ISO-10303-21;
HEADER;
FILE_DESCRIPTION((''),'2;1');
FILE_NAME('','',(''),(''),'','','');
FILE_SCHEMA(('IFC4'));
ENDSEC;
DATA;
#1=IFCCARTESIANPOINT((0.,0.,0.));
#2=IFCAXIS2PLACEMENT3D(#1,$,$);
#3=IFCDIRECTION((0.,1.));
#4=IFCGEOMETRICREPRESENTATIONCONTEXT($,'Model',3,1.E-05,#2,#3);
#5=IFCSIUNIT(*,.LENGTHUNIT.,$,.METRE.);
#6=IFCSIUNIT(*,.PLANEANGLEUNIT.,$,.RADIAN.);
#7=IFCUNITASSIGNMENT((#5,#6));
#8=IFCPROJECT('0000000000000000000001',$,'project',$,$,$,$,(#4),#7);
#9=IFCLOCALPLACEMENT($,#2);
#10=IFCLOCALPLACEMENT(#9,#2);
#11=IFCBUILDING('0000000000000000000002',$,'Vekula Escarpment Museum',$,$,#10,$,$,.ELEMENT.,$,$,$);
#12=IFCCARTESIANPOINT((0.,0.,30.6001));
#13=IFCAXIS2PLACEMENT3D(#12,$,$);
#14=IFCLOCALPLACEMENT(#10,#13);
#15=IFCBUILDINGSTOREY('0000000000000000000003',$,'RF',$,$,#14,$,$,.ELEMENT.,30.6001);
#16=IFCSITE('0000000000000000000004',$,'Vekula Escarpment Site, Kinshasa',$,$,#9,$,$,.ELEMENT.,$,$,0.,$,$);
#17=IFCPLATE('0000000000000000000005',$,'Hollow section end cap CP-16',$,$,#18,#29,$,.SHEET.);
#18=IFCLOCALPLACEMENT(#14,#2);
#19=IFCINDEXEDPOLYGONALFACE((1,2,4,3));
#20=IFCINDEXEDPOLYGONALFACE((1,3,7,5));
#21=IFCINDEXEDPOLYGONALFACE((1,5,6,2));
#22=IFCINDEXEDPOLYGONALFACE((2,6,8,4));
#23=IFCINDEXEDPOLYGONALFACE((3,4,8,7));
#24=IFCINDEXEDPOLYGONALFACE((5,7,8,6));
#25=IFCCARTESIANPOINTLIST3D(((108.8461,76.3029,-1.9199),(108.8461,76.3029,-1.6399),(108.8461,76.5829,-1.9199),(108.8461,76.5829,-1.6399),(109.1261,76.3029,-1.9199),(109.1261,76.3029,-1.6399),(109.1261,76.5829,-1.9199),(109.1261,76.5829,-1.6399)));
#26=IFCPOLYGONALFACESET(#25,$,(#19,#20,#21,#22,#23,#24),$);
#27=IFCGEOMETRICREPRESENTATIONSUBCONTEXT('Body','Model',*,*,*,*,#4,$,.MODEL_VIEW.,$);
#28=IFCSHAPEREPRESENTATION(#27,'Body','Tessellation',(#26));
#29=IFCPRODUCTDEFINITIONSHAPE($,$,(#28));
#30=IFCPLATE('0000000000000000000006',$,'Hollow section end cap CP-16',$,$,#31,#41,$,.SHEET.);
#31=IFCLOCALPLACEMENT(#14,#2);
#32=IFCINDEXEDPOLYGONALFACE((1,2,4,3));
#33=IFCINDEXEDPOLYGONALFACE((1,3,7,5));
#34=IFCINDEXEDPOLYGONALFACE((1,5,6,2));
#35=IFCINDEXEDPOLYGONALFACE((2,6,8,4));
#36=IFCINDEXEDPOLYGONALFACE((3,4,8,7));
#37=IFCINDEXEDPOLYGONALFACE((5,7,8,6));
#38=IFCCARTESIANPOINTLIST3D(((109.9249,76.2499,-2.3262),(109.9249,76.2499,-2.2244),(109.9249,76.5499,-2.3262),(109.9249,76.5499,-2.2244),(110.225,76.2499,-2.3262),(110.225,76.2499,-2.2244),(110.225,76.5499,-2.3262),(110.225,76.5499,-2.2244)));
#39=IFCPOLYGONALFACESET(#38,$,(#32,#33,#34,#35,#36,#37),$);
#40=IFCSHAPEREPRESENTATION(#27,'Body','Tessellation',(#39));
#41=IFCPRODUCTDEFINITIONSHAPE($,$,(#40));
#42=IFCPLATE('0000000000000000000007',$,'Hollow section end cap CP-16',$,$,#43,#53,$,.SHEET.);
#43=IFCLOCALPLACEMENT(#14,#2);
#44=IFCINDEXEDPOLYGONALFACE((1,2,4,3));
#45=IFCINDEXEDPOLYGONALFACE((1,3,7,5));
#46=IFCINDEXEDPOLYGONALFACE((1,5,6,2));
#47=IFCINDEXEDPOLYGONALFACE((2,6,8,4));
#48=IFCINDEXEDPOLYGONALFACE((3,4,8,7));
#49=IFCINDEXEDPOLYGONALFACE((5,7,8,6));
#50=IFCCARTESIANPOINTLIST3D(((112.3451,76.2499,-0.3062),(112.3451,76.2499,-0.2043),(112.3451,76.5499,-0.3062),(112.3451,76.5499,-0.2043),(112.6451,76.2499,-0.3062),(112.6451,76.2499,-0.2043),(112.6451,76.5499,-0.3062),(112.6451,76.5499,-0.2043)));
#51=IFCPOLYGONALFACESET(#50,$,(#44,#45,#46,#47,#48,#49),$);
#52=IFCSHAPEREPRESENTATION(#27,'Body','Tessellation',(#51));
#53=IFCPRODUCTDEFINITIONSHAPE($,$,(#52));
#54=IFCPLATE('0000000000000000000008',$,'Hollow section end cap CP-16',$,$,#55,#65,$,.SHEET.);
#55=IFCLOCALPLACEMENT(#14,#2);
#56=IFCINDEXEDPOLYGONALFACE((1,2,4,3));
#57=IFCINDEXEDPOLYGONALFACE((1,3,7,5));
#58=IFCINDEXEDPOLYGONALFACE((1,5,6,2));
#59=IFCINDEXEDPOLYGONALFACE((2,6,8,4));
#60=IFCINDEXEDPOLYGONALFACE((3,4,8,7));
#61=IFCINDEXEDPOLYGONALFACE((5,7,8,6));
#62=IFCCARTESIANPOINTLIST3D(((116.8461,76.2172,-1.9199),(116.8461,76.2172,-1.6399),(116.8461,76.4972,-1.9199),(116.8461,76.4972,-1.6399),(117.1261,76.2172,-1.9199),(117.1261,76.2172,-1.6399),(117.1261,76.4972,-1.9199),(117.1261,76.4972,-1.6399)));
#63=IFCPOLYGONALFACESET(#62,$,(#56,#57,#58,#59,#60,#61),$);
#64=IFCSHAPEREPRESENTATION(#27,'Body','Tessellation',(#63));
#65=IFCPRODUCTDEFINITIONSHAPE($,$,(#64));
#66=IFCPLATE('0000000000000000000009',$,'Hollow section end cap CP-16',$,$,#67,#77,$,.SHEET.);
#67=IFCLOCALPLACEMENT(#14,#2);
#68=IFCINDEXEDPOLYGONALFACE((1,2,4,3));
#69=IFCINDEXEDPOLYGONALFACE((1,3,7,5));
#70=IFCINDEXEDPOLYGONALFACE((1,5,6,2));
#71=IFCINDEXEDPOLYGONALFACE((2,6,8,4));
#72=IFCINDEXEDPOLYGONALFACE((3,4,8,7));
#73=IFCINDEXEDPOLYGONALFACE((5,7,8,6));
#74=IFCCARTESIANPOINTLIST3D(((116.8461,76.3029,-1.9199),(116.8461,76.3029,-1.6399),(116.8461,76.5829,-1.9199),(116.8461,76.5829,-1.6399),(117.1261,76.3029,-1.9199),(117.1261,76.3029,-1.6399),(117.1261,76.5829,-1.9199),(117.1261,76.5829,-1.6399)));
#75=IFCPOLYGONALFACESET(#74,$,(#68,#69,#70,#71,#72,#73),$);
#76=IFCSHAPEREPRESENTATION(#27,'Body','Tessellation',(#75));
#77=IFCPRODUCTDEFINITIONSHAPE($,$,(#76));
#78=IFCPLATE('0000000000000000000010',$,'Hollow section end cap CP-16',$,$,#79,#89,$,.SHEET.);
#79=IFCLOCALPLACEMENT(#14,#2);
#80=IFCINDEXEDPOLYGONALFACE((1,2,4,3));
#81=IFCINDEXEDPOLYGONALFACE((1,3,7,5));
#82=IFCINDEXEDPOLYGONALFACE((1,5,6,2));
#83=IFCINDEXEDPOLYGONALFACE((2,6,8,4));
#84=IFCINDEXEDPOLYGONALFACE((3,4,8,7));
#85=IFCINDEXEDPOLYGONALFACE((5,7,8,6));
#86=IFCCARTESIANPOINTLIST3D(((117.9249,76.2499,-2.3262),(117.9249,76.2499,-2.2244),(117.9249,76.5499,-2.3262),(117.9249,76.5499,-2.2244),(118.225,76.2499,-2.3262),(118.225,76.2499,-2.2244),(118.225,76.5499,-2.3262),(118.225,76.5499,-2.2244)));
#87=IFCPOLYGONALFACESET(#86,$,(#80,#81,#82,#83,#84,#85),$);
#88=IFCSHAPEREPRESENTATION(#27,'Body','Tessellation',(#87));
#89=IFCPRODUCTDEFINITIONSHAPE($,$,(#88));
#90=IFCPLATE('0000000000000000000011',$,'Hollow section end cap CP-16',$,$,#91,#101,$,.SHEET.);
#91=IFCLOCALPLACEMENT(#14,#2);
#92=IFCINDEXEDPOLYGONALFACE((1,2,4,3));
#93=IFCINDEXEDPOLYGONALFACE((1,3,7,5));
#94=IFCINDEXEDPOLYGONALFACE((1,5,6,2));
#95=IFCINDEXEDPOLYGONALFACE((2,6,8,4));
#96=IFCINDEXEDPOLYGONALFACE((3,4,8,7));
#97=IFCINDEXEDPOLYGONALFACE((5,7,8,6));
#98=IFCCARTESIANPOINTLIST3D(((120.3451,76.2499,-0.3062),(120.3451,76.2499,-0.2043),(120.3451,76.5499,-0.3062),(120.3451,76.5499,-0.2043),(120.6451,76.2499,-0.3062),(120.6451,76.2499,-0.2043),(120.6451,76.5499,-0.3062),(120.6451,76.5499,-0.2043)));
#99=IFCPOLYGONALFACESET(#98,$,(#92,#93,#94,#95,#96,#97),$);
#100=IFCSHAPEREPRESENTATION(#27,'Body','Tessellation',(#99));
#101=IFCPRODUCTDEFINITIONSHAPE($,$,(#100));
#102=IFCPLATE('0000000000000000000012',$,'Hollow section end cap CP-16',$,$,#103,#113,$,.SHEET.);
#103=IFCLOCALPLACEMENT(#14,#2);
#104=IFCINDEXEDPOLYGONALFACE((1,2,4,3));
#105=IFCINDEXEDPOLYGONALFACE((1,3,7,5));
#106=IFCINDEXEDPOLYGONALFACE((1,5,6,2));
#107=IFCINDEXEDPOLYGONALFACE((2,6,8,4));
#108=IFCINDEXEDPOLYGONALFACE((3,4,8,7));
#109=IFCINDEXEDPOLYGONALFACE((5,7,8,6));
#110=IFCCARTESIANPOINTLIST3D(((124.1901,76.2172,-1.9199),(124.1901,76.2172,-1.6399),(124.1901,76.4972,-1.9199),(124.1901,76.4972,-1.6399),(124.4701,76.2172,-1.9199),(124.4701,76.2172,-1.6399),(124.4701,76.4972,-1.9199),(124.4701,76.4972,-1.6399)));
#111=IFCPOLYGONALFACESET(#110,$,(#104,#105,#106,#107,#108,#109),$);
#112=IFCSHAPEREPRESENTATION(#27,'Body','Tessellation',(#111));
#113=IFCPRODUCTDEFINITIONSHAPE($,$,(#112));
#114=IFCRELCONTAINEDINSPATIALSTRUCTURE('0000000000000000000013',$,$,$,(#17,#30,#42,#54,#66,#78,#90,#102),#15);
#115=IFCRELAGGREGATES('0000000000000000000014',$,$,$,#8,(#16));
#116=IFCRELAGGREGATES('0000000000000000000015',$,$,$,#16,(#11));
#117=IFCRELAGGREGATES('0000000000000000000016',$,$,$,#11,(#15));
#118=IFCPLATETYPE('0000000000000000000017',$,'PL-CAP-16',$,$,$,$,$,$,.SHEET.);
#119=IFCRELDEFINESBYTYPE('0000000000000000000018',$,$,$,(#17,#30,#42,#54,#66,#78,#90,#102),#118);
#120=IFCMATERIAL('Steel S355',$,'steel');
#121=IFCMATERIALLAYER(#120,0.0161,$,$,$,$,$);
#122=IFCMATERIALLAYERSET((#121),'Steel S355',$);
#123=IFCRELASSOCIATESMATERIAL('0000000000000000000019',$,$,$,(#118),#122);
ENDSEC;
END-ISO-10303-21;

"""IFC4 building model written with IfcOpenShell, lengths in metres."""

from ifc_helpers import new_model, si_unit, direction, frame, origin, origin_2d, place, context, subcontext, project, spatial, rectangle, extrude, material, layer, layer_set, type_object, element, save


model = new_model("IFC4")

# Units and contexts
model_context = context("Model", 3, precision=1e-05, world=origin(), true_north=direction((0.0, 1.0)))
body_context = subcontext(model_context, "Body", "Model", "MODEL_VIEW")
ifc_project = project(units=[si_unit("LENGTHUNIT", "METRE"), si_unit("PLANEANGLEUNIT", "RADIAN")], contexts=[model_context])

# Site, building, storey
site_placement = place(None, origin())
site = spatial("IfcSite", under=ifc_project, at=site_placement, Name="Vekula Escarpment Site, Kinshasa", CompositionType="ELEMENT", RefElevation=0.0)
building_placement = place(site_placement, origin())
building = spatial("IfcBuilding", under=site, at=building_placement, Name="Vekula Escarpment Museum", CompositionType="ELEMENT")
storey_placement = place(building_placement, frame((0.0, 0.0, 30.6001)))
storey = spatial("IfcBuildingStorey", under=building, at=storey_placement, Name="RF", CompositionType="ELEMENT", Elevation=30.6001)

# Plates
ifc_material_1 = material(Name="Steel S355", Category="steel")
ifc_layer = layer(ifc_material_1, 0.0161)
ifc_layer_set = layer_set([ifc_layer], Name="Steel S355")
plate_type = type_object("IfcPlateType", Name="PL-CAP-16", PredefinedType="SHEET", material=ifc_layer_set)
for number, where, z_axis, x_axis, name in (
    (1, (108.9861, 76.4429, -1.9199), (0.0, 0.0, 1.0), (1.0, 0.0, 0.0), "Hollow section end cap CP-16"),
):
    element("IfcPlate", number, at=place(storey_placement, frame(where, z_axis=z_axis, x_axis=x_axis)), inside=storey, type_object=plate_type, Name=name, PredefinedType="SHEET", context=body_context, shape_type="SweptSolid", body=[
        extrude(rectangle(XDim=0.28, YDim=0.28, at=origin_2d()), origin(), (0.0, 0.0, 1.0), 0.28),
    ])
for number, where, z_axis, x_axis, name in (
    (2, (110.075, 76.3999, -2.3262), (0.0, 0.0, 1.0), (1.0, 0.0, 0.0), "Hollow section end cap CP-16"),
    (3, (112.4951, 76.3999, -0.3062), (0.0, 0.0, 1.0), (1.0, 0.0, 0.0), "Hollow section end cap CP-16"),
):
    element("IfcPlate", number, at=place(storey_placement, frame(where, z_axis=z_axis, x_axis=x_axis)), inside=storey, type_object=plate_type, Name=name, PredefinedType="SHEET", context=body_context, shape_type="SweptSolid", body=[
        extrude(rectangle(XDim=0.3, YDim=0.3, at=origin_2d()), origin(), (0.0, 0.0, 1.0), 0.1018),
    ])
for number, where, z_axis, x_axis, name in (
    (4, (116.9861, 76.3572, -1.9199), (0.0, 0.0, 1.0), (1.0, 0.0, 0.0), "Hollow section end cap CP-16"),
    (5, (116.9861, 76.4429, -1.9199), (0.0, 0.0, 1.0), (1.0, 0.0, 0.0), "Hollow section end cap CP-16"),
):
    element("IfcPlate", number, at=place(storey_placement, frame(where, z_axis=z_axis, x_axis=x_axis)), inside=storey, type_object=plate_type, Name=name, PredefinedType="SHEET", context=body_context, shape_type="SweptSolid", body=[
        extrude(rectangle(XDim=0.28, YDim=0.28, at=origin_2d()), origin(), (0.0, 0.0, 1.0), 0.28),
    ])
for number, where, z_axis, x_axis, name in (
    (6, (118.075, 76.3999, -2.3262), (0.0, 0.0, 1.0), (1.0, 0.0, 0.0), "Hollow section end cap CP-16"),
    (7, (120.4951, 76.3999, -0.3062), (0.0, 0.0, 1.0), (1.0, 0.0, 0.0), "Hollow section end cap CP-16"),
):
    element("IfcPlate", number, at=place(storey_placement, frame(where, z_axis=z_axis, x_axis=x_axis)), inside=storey, type_object=plate_type, Name=name, PredefinedType="SHEET", context=body_context, shape_type="SweptSolid", body=[
        extrude(rectangle(XDim=0.3, YDim=0.3, at=origin_2d()), origin(), (0.0, 0.0, 1.0), 0.1018),
    ])
plate_placement = place(storey_placement, frame((124.3301, 76.3572, -1.9199), z_axis=(0.0, 0.0, 1.0), x_axis=(1.0, 0.0, 0.0)))
element("IfcPlate", 8, at=plate_placement, inside=storey, type_object=plate_type, Name="Hollow section end cap CP-16", PredefinedType="SHEET", context=body_context, shape_type="SweptSolid", body=[
    extrude(rectangle(XDim=0.28, YDim=0.28, at=origin_2d()), origin(), (0.0, 0.0, 1.0), 0.28),
])

save(model, "model.ifc")
